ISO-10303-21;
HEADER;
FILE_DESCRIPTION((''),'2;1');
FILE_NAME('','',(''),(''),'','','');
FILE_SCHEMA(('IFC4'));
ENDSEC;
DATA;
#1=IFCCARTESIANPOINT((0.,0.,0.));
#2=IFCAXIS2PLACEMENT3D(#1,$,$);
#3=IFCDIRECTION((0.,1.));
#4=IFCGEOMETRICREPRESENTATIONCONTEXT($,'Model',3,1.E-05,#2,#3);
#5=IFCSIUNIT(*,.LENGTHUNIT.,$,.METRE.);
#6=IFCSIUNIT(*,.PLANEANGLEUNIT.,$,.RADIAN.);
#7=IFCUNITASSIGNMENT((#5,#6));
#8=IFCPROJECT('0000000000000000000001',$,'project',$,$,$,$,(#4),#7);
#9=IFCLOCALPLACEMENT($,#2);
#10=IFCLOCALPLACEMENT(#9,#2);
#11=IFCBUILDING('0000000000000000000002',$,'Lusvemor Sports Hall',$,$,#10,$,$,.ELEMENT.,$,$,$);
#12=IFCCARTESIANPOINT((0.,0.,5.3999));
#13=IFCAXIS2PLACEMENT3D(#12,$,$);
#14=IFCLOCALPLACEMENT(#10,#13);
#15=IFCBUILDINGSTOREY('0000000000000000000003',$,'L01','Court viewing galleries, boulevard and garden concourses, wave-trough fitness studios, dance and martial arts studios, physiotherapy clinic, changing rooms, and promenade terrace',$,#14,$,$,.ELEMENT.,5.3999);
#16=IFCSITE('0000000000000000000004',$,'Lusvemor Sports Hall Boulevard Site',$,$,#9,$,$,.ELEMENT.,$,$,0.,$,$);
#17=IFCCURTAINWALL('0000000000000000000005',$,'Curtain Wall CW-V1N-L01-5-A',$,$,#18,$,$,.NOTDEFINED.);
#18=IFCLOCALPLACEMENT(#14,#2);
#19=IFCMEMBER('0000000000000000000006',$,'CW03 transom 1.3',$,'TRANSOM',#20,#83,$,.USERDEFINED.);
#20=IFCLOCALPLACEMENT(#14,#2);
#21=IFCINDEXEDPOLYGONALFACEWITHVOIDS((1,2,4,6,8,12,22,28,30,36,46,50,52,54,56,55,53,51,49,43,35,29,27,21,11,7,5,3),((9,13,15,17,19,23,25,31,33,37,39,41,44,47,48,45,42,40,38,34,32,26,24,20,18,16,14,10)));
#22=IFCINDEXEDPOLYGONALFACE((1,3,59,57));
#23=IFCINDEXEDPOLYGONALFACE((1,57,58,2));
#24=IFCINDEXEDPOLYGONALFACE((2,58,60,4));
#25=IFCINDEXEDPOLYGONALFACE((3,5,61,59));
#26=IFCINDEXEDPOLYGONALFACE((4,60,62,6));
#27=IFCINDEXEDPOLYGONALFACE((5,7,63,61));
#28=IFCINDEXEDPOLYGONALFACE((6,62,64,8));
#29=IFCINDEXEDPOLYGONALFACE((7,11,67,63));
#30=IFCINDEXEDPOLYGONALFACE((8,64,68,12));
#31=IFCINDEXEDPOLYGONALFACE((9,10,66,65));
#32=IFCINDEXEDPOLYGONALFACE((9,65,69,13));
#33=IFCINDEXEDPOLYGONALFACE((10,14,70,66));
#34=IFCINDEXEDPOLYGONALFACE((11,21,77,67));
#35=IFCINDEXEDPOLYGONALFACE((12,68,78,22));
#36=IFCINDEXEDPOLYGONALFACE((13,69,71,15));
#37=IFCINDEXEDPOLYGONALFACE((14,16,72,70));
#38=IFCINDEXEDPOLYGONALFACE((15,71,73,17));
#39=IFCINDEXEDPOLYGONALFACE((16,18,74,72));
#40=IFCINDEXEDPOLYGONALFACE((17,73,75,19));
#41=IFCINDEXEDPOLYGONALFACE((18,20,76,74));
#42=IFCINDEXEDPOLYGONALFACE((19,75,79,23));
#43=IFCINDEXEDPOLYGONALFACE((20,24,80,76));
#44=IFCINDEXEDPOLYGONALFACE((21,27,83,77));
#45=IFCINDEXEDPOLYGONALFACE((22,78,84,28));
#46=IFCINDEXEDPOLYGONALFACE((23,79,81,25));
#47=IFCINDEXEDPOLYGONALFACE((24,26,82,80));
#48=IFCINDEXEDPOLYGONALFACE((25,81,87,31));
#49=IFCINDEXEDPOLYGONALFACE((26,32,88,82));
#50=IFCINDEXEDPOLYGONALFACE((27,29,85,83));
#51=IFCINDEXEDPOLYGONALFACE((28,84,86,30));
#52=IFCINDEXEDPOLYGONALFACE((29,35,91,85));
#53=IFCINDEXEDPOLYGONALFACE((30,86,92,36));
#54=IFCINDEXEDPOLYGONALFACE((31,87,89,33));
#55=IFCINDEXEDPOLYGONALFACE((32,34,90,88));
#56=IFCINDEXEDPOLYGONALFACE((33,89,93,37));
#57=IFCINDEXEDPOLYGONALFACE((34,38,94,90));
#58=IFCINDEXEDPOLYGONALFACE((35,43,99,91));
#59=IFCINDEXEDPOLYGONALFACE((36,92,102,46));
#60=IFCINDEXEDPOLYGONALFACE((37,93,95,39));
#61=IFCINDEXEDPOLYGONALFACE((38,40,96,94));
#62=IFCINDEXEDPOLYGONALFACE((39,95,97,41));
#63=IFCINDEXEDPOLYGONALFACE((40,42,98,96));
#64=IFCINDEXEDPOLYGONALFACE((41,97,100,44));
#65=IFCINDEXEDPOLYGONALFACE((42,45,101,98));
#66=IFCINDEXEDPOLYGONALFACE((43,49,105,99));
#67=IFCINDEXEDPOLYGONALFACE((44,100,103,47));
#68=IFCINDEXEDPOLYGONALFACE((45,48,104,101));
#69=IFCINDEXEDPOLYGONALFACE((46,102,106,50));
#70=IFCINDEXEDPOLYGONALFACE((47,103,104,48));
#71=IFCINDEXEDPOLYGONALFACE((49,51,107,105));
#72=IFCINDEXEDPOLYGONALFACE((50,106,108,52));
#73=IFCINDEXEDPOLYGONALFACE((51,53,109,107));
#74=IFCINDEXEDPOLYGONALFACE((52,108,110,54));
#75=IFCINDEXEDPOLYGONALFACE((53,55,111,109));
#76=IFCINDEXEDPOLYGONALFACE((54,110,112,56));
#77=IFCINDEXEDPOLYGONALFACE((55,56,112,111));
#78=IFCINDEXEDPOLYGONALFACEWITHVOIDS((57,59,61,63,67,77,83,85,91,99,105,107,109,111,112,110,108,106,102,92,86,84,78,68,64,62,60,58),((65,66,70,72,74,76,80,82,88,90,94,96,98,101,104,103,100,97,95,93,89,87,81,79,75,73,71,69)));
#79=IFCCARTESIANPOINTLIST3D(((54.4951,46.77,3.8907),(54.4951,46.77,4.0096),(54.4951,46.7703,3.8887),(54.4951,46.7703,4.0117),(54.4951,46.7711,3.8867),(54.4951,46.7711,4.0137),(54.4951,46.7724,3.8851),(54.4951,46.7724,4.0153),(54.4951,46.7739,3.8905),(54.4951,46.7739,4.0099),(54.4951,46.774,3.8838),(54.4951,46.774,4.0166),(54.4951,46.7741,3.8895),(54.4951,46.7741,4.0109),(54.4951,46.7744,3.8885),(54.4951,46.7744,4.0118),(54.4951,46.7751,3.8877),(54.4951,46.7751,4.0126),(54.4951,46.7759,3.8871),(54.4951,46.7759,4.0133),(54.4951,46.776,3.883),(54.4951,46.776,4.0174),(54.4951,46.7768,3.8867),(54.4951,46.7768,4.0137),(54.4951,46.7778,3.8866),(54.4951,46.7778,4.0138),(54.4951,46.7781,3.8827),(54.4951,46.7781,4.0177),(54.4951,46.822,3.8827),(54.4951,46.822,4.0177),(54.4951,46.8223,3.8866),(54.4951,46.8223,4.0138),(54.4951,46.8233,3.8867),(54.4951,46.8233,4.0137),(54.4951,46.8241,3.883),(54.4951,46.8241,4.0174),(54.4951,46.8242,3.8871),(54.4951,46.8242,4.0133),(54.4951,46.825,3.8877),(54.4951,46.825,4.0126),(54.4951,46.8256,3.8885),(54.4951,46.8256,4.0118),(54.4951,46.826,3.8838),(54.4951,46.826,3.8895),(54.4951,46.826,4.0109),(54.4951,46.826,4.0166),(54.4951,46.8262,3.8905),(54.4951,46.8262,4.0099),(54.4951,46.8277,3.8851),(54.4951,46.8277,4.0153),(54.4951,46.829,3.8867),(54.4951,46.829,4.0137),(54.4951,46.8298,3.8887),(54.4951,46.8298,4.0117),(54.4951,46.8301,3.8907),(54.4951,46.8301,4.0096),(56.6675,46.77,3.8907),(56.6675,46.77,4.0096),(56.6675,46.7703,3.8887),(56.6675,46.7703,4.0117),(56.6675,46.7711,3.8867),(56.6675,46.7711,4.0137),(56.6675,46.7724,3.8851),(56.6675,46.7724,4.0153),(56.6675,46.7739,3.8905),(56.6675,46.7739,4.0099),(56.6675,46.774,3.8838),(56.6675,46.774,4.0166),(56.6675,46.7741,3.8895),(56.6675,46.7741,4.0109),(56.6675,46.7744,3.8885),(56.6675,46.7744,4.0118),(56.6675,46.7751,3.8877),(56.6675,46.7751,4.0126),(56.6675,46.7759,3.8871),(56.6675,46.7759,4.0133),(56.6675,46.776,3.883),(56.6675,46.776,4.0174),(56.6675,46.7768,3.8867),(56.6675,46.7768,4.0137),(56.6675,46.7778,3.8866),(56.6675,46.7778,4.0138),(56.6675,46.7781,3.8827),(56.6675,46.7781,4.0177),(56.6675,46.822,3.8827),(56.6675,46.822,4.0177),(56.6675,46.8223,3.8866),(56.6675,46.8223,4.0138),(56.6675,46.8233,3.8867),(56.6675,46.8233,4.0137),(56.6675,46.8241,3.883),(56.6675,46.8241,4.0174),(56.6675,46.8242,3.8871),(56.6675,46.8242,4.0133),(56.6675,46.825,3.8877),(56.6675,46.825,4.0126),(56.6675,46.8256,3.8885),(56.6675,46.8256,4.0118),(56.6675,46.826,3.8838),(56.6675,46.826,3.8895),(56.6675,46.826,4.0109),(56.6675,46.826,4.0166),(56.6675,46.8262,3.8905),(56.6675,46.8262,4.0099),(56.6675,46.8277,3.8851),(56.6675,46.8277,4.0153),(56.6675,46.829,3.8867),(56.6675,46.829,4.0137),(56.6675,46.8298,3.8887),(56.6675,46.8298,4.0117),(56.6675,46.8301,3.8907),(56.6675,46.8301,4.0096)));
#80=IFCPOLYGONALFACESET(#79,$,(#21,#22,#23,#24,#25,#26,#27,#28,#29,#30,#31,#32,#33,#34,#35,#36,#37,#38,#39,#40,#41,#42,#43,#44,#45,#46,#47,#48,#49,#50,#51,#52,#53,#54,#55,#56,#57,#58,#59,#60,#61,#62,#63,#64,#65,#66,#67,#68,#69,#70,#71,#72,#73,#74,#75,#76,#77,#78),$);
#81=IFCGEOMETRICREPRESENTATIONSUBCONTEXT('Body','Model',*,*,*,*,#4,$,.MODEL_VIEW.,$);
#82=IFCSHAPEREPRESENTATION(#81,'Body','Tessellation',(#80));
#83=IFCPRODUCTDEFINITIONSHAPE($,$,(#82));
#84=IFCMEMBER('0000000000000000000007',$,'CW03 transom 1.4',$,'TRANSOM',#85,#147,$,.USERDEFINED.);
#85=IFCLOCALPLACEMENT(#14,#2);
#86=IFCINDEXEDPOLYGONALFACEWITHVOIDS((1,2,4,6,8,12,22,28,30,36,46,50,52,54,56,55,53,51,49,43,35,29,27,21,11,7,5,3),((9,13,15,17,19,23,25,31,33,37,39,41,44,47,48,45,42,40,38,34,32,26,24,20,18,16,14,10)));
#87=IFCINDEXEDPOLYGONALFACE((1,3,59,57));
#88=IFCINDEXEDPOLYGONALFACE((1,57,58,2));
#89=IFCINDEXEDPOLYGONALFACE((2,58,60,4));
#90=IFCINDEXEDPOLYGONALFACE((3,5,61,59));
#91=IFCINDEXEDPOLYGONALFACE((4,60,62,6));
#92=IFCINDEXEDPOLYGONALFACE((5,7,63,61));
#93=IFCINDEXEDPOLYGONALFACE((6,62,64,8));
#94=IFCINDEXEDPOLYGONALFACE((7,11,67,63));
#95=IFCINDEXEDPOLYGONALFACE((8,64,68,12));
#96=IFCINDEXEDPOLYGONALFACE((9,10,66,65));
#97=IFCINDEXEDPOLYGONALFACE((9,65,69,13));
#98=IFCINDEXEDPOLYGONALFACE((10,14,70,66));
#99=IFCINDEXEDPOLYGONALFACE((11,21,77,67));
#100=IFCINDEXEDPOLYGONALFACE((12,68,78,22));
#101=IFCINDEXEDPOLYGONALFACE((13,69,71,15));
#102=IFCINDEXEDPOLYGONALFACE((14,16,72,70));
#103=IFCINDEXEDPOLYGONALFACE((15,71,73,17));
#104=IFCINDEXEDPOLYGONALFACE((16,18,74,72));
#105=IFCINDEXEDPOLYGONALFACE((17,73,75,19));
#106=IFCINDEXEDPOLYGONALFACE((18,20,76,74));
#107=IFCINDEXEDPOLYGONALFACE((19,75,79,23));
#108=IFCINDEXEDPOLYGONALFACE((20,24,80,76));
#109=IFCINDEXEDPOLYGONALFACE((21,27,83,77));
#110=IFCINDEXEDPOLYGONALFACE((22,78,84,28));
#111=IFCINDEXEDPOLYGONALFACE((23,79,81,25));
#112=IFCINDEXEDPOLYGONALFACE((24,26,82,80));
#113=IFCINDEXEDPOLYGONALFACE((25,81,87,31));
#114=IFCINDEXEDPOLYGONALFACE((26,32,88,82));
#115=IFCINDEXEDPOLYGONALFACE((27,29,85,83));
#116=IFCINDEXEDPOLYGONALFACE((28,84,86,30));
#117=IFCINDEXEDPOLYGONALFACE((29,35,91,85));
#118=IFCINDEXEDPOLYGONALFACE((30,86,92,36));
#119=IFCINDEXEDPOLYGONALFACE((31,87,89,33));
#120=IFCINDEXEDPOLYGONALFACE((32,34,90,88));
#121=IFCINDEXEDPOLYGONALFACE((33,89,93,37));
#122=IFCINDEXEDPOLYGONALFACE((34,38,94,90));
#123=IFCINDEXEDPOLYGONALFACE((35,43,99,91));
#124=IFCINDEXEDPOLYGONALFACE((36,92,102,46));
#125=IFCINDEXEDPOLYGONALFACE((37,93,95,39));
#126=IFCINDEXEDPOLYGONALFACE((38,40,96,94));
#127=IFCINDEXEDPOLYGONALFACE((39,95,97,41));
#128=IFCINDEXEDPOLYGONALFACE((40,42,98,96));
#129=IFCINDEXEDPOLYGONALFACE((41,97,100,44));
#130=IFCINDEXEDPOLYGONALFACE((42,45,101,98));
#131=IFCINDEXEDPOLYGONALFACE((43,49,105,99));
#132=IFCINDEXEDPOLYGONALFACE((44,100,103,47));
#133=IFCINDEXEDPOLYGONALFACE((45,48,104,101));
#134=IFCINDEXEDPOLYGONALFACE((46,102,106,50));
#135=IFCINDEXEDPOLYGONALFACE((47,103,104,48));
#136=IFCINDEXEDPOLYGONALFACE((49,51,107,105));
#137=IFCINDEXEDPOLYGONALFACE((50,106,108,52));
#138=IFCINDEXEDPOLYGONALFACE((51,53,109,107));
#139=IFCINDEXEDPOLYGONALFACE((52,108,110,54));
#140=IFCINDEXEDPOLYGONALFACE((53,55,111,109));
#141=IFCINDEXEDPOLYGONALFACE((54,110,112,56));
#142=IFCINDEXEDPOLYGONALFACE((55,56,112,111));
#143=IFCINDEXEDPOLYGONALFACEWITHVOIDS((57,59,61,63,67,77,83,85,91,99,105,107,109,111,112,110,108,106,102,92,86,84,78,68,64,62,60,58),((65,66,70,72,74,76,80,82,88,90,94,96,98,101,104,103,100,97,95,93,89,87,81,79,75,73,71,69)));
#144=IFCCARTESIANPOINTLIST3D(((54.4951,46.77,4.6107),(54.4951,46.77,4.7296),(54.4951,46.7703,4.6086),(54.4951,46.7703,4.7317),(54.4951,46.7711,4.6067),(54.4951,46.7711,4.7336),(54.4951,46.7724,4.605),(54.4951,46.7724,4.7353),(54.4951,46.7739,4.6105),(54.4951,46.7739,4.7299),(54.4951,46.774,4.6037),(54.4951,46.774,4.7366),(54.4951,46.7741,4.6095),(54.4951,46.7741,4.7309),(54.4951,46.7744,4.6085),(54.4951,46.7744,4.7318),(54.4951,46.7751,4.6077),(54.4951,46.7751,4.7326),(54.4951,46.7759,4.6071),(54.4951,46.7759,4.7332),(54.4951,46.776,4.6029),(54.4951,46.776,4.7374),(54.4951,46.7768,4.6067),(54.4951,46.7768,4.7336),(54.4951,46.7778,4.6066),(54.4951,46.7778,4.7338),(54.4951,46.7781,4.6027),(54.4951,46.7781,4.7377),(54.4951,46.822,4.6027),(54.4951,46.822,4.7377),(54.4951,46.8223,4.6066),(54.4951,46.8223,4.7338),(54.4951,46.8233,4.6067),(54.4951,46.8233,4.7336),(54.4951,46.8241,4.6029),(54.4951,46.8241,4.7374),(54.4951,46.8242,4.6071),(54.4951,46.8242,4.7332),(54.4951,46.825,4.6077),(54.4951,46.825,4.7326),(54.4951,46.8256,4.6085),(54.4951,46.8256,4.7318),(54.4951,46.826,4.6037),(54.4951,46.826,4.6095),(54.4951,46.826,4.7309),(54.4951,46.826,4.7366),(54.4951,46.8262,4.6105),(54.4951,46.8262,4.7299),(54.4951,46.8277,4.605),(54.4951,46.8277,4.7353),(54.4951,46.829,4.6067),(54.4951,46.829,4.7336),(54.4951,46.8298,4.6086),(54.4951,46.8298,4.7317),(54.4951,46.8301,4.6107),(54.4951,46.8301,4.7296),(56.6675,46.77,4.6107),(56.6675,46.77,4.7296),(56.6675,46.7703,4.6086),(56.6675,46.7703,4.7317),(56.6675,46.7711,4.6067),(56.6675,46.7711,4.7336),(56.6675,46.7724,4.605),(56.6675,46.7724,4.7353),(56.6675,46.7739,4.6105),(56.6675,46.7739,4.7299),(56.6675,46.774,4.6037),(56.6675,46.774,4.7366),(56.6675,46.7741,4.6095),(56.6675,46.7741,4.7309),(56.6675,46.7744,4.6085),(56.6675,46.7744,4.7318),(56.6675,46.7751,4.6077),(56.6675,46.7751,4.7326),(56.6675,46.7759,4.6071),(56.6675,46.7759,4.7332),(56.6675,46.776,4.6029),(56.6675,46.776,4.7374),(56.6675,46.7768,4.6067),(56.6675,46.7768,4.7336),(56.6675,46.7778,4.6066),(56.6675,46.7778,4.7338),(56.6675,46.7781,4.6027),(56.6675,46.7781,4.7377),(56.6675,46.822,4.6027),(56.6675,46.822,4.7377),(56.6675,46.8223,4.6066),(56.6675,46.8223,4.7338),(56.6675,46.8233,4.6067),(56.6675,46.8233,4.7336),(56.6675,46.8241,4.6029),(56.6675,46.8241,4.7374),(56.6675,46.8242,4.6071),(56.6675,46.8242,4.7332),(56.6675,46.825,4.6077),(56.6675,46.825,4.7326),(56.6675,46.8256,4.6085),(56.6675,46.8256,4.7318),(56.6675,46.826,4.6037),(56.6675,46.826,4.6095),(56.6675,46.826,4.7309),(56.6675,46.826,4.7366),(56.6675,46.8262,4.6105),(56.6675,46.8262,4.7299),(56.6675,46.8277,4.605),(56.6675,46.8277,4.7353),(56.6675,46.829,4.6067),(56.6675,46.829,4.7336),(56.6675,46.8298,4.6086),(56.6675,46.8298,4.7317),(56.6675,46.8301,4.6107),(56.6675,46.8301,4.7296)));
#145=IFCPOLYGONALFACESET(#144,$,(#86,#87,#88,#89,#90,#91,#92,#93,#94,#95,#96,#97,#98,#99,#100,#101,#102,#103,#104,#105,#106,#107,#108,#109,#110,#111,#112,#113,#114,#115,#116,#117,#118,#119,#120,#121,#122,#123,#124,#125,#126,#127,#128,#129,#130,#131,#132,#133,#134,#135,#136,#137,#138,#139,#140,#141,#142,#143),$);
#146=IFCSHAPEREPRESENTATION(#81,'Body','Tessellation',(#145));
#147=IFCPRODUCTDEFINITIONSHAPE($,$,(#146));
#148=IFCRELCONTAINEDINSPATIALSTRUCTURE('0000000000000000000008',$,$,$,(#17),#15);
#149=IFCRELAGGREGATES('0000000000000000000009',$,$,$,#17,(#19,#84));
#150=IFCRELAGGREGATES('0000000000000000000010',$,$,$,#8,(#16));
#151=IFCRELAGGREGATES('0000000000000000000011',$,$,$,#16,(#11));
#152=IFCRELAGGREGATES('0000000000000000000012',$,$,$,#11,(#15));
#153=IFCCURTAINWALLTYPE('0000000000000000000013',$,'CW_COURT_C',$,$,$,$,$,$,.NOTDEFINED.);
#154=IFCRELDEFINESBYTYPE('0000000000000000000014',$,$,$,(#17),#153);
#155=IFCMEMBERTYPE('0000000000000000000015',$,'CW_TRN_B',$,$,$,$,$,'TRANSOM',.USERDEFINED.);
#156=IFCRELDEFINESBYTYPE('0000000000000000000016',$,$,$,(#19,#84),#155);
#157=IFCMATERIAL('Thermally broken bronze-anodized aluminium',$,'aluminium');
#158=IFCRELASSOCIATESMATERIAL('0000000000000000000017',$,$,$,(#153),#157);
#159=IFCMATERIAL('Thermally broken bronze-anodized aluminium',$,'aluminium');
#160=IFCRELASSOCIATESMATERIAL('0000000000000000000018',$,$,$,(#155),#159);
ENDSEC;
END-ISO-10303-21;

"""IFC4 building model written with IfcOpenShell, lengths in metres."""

from ifc_helpers import new_model, si_unit, direction, frame, origin, origin_2d, place, context, subcontext, project, spatial, hollow_rectangle, extrude, material, material_profile, profile_set, type_object, element, aggregate, save


model = new_model("IFC4")

# Units and contexts
model_context = context("Model", 3, precision=1e-05, world=origin(), true_north=direction((0.0, 1.0)))
body_context = subcontext(model_context, "Body", "Model", "MODEL_VIEW")
ifc_project = project(units=[si_unit("LENGTHUNIT", "METRE"), si_unit("PLANEANGLEUNIT", "RADIAN")], contexts=[model_context])

# Site, building, storey
site_placement = place(None, origin())
site = spatial("IfcSite", under=ifc_project, at=site_placement, Name="Lusvemor Sports Hall Boulevard Site", CompositionType="ELEMENT", RefElevation=0.0)
building_placement = place(site_placement, origin())
building = spatial("IfcBuilding", under=site, at=building_placement, Name="Lusvemor Sports Hall", CompositionType="ELEMENT")
storey_placement = place(building_placement, frame((0.0, 0.0, 5.3999)))
storey = spatial("IfcBuildingStorey", under=building, at=storey_placement, Name="L01", Description="Court viewing galleries, boulevard and garden concourses, wave-trough fitness studios, dance and martial arts studios, physiotherapy clinic, changing rooms, and promenade terrace", CompositionType="ELEMENT", Elevation=5.3999)

# Curtain wall
ifc_material_1 = material(Name="Thermally broken bronze-anodized aluminium", Category="aluminium")
curtain_wall_type = type_object("IfcCurtainWallType", Name="CW_COURT_C", PredefinedType="NOTDEFINED", material=ifc_material_1)
curtain_wall_1_placement = place(storey_placement, origin())
curtain_wall_1 = element("IfcCurtainWall", 1, at=curtain_wall_1_placement, inside=storey, type_object=curtain_wall_type, Name="Curtain Wall CW-V1N-L01-5-A", PredefinedType="NOTDEFINED")

# Members
ifc_material_2 = material(Name="Thermally broken bronze-anodized aluminium", Category="aluminium")
ifc_material_profile_1 = material_profile(ifc_material_2, hollow_rectangle(XDim=0.0601, YDim=0.135, WallThickness=0.0039, InnerFilletRadius=0.0039, OuterFilletRadius=0.0081, at=origin_2d()), Name="CWTRN135x60x4")
ifc_profile_set_1 = profile_set([ifc_material_profile_1], Name="Thermally broken bronze-anodized aluminium")
member_type_1 = type_object("IfcMemberType", Name="CW_TRN_B", ElementType="TRANSOM", PredefinedType="USERDEFINED", material=ifc_profile_set_1)
member_1_placement = place(storey_placement, frame((54.4951, 46.8, 3.9502), z_axis=(1.0, 0.0, 0.0), x_axis=(0.0, 1.0, 0.0)))
member_1 = element("IfcMember", 2, at=member_1_placement, type_object=member_type_1, Name="CW03 transom 1.3", ObjectType="TRANSOM", PredefinedType="USERDEFINED", context=body_context, shape_type="SweptSolid", body=[
    extrude(hollow_rectangle(XDim=0.0601, YDim=0.135, WallThickness=0.0039, InnerFilletRadius=0.0039, OuterFilletRadius=0.0081, at=origin_2d()), origin(), (0.0, 0.0, 1.0), 2.1724),
])
member_2_placement = place(storey_placement, frame((54.4951, 46.8, 4.6702), z_axis=(1.0, 0.0, 0.0), x_axis=(0.0, 1.0, 0.0)))
member_2 = element("IfcMember", 3, at=member_2_placement, type_object=member_type_1, Name="CW03 transom 1.4", ObjectType="TRANSOM", PredefinedType="USERDEFINED", context=body_context, shape_type="SweptSolid", body=[
    extrude(hollow_rectangle(XDim=0.0601, YDim=0.135, WallThickness=0.0039, InnerFilletRadius=0.0039, OuterFilletRadius=0.0081, at=origin_2d()), origin(), (0.0, 0.0, 1.0), 2.1724),
])

aggregate(curtain_wall_1, [member_1, member_2])

save(model, "model.ifc")
